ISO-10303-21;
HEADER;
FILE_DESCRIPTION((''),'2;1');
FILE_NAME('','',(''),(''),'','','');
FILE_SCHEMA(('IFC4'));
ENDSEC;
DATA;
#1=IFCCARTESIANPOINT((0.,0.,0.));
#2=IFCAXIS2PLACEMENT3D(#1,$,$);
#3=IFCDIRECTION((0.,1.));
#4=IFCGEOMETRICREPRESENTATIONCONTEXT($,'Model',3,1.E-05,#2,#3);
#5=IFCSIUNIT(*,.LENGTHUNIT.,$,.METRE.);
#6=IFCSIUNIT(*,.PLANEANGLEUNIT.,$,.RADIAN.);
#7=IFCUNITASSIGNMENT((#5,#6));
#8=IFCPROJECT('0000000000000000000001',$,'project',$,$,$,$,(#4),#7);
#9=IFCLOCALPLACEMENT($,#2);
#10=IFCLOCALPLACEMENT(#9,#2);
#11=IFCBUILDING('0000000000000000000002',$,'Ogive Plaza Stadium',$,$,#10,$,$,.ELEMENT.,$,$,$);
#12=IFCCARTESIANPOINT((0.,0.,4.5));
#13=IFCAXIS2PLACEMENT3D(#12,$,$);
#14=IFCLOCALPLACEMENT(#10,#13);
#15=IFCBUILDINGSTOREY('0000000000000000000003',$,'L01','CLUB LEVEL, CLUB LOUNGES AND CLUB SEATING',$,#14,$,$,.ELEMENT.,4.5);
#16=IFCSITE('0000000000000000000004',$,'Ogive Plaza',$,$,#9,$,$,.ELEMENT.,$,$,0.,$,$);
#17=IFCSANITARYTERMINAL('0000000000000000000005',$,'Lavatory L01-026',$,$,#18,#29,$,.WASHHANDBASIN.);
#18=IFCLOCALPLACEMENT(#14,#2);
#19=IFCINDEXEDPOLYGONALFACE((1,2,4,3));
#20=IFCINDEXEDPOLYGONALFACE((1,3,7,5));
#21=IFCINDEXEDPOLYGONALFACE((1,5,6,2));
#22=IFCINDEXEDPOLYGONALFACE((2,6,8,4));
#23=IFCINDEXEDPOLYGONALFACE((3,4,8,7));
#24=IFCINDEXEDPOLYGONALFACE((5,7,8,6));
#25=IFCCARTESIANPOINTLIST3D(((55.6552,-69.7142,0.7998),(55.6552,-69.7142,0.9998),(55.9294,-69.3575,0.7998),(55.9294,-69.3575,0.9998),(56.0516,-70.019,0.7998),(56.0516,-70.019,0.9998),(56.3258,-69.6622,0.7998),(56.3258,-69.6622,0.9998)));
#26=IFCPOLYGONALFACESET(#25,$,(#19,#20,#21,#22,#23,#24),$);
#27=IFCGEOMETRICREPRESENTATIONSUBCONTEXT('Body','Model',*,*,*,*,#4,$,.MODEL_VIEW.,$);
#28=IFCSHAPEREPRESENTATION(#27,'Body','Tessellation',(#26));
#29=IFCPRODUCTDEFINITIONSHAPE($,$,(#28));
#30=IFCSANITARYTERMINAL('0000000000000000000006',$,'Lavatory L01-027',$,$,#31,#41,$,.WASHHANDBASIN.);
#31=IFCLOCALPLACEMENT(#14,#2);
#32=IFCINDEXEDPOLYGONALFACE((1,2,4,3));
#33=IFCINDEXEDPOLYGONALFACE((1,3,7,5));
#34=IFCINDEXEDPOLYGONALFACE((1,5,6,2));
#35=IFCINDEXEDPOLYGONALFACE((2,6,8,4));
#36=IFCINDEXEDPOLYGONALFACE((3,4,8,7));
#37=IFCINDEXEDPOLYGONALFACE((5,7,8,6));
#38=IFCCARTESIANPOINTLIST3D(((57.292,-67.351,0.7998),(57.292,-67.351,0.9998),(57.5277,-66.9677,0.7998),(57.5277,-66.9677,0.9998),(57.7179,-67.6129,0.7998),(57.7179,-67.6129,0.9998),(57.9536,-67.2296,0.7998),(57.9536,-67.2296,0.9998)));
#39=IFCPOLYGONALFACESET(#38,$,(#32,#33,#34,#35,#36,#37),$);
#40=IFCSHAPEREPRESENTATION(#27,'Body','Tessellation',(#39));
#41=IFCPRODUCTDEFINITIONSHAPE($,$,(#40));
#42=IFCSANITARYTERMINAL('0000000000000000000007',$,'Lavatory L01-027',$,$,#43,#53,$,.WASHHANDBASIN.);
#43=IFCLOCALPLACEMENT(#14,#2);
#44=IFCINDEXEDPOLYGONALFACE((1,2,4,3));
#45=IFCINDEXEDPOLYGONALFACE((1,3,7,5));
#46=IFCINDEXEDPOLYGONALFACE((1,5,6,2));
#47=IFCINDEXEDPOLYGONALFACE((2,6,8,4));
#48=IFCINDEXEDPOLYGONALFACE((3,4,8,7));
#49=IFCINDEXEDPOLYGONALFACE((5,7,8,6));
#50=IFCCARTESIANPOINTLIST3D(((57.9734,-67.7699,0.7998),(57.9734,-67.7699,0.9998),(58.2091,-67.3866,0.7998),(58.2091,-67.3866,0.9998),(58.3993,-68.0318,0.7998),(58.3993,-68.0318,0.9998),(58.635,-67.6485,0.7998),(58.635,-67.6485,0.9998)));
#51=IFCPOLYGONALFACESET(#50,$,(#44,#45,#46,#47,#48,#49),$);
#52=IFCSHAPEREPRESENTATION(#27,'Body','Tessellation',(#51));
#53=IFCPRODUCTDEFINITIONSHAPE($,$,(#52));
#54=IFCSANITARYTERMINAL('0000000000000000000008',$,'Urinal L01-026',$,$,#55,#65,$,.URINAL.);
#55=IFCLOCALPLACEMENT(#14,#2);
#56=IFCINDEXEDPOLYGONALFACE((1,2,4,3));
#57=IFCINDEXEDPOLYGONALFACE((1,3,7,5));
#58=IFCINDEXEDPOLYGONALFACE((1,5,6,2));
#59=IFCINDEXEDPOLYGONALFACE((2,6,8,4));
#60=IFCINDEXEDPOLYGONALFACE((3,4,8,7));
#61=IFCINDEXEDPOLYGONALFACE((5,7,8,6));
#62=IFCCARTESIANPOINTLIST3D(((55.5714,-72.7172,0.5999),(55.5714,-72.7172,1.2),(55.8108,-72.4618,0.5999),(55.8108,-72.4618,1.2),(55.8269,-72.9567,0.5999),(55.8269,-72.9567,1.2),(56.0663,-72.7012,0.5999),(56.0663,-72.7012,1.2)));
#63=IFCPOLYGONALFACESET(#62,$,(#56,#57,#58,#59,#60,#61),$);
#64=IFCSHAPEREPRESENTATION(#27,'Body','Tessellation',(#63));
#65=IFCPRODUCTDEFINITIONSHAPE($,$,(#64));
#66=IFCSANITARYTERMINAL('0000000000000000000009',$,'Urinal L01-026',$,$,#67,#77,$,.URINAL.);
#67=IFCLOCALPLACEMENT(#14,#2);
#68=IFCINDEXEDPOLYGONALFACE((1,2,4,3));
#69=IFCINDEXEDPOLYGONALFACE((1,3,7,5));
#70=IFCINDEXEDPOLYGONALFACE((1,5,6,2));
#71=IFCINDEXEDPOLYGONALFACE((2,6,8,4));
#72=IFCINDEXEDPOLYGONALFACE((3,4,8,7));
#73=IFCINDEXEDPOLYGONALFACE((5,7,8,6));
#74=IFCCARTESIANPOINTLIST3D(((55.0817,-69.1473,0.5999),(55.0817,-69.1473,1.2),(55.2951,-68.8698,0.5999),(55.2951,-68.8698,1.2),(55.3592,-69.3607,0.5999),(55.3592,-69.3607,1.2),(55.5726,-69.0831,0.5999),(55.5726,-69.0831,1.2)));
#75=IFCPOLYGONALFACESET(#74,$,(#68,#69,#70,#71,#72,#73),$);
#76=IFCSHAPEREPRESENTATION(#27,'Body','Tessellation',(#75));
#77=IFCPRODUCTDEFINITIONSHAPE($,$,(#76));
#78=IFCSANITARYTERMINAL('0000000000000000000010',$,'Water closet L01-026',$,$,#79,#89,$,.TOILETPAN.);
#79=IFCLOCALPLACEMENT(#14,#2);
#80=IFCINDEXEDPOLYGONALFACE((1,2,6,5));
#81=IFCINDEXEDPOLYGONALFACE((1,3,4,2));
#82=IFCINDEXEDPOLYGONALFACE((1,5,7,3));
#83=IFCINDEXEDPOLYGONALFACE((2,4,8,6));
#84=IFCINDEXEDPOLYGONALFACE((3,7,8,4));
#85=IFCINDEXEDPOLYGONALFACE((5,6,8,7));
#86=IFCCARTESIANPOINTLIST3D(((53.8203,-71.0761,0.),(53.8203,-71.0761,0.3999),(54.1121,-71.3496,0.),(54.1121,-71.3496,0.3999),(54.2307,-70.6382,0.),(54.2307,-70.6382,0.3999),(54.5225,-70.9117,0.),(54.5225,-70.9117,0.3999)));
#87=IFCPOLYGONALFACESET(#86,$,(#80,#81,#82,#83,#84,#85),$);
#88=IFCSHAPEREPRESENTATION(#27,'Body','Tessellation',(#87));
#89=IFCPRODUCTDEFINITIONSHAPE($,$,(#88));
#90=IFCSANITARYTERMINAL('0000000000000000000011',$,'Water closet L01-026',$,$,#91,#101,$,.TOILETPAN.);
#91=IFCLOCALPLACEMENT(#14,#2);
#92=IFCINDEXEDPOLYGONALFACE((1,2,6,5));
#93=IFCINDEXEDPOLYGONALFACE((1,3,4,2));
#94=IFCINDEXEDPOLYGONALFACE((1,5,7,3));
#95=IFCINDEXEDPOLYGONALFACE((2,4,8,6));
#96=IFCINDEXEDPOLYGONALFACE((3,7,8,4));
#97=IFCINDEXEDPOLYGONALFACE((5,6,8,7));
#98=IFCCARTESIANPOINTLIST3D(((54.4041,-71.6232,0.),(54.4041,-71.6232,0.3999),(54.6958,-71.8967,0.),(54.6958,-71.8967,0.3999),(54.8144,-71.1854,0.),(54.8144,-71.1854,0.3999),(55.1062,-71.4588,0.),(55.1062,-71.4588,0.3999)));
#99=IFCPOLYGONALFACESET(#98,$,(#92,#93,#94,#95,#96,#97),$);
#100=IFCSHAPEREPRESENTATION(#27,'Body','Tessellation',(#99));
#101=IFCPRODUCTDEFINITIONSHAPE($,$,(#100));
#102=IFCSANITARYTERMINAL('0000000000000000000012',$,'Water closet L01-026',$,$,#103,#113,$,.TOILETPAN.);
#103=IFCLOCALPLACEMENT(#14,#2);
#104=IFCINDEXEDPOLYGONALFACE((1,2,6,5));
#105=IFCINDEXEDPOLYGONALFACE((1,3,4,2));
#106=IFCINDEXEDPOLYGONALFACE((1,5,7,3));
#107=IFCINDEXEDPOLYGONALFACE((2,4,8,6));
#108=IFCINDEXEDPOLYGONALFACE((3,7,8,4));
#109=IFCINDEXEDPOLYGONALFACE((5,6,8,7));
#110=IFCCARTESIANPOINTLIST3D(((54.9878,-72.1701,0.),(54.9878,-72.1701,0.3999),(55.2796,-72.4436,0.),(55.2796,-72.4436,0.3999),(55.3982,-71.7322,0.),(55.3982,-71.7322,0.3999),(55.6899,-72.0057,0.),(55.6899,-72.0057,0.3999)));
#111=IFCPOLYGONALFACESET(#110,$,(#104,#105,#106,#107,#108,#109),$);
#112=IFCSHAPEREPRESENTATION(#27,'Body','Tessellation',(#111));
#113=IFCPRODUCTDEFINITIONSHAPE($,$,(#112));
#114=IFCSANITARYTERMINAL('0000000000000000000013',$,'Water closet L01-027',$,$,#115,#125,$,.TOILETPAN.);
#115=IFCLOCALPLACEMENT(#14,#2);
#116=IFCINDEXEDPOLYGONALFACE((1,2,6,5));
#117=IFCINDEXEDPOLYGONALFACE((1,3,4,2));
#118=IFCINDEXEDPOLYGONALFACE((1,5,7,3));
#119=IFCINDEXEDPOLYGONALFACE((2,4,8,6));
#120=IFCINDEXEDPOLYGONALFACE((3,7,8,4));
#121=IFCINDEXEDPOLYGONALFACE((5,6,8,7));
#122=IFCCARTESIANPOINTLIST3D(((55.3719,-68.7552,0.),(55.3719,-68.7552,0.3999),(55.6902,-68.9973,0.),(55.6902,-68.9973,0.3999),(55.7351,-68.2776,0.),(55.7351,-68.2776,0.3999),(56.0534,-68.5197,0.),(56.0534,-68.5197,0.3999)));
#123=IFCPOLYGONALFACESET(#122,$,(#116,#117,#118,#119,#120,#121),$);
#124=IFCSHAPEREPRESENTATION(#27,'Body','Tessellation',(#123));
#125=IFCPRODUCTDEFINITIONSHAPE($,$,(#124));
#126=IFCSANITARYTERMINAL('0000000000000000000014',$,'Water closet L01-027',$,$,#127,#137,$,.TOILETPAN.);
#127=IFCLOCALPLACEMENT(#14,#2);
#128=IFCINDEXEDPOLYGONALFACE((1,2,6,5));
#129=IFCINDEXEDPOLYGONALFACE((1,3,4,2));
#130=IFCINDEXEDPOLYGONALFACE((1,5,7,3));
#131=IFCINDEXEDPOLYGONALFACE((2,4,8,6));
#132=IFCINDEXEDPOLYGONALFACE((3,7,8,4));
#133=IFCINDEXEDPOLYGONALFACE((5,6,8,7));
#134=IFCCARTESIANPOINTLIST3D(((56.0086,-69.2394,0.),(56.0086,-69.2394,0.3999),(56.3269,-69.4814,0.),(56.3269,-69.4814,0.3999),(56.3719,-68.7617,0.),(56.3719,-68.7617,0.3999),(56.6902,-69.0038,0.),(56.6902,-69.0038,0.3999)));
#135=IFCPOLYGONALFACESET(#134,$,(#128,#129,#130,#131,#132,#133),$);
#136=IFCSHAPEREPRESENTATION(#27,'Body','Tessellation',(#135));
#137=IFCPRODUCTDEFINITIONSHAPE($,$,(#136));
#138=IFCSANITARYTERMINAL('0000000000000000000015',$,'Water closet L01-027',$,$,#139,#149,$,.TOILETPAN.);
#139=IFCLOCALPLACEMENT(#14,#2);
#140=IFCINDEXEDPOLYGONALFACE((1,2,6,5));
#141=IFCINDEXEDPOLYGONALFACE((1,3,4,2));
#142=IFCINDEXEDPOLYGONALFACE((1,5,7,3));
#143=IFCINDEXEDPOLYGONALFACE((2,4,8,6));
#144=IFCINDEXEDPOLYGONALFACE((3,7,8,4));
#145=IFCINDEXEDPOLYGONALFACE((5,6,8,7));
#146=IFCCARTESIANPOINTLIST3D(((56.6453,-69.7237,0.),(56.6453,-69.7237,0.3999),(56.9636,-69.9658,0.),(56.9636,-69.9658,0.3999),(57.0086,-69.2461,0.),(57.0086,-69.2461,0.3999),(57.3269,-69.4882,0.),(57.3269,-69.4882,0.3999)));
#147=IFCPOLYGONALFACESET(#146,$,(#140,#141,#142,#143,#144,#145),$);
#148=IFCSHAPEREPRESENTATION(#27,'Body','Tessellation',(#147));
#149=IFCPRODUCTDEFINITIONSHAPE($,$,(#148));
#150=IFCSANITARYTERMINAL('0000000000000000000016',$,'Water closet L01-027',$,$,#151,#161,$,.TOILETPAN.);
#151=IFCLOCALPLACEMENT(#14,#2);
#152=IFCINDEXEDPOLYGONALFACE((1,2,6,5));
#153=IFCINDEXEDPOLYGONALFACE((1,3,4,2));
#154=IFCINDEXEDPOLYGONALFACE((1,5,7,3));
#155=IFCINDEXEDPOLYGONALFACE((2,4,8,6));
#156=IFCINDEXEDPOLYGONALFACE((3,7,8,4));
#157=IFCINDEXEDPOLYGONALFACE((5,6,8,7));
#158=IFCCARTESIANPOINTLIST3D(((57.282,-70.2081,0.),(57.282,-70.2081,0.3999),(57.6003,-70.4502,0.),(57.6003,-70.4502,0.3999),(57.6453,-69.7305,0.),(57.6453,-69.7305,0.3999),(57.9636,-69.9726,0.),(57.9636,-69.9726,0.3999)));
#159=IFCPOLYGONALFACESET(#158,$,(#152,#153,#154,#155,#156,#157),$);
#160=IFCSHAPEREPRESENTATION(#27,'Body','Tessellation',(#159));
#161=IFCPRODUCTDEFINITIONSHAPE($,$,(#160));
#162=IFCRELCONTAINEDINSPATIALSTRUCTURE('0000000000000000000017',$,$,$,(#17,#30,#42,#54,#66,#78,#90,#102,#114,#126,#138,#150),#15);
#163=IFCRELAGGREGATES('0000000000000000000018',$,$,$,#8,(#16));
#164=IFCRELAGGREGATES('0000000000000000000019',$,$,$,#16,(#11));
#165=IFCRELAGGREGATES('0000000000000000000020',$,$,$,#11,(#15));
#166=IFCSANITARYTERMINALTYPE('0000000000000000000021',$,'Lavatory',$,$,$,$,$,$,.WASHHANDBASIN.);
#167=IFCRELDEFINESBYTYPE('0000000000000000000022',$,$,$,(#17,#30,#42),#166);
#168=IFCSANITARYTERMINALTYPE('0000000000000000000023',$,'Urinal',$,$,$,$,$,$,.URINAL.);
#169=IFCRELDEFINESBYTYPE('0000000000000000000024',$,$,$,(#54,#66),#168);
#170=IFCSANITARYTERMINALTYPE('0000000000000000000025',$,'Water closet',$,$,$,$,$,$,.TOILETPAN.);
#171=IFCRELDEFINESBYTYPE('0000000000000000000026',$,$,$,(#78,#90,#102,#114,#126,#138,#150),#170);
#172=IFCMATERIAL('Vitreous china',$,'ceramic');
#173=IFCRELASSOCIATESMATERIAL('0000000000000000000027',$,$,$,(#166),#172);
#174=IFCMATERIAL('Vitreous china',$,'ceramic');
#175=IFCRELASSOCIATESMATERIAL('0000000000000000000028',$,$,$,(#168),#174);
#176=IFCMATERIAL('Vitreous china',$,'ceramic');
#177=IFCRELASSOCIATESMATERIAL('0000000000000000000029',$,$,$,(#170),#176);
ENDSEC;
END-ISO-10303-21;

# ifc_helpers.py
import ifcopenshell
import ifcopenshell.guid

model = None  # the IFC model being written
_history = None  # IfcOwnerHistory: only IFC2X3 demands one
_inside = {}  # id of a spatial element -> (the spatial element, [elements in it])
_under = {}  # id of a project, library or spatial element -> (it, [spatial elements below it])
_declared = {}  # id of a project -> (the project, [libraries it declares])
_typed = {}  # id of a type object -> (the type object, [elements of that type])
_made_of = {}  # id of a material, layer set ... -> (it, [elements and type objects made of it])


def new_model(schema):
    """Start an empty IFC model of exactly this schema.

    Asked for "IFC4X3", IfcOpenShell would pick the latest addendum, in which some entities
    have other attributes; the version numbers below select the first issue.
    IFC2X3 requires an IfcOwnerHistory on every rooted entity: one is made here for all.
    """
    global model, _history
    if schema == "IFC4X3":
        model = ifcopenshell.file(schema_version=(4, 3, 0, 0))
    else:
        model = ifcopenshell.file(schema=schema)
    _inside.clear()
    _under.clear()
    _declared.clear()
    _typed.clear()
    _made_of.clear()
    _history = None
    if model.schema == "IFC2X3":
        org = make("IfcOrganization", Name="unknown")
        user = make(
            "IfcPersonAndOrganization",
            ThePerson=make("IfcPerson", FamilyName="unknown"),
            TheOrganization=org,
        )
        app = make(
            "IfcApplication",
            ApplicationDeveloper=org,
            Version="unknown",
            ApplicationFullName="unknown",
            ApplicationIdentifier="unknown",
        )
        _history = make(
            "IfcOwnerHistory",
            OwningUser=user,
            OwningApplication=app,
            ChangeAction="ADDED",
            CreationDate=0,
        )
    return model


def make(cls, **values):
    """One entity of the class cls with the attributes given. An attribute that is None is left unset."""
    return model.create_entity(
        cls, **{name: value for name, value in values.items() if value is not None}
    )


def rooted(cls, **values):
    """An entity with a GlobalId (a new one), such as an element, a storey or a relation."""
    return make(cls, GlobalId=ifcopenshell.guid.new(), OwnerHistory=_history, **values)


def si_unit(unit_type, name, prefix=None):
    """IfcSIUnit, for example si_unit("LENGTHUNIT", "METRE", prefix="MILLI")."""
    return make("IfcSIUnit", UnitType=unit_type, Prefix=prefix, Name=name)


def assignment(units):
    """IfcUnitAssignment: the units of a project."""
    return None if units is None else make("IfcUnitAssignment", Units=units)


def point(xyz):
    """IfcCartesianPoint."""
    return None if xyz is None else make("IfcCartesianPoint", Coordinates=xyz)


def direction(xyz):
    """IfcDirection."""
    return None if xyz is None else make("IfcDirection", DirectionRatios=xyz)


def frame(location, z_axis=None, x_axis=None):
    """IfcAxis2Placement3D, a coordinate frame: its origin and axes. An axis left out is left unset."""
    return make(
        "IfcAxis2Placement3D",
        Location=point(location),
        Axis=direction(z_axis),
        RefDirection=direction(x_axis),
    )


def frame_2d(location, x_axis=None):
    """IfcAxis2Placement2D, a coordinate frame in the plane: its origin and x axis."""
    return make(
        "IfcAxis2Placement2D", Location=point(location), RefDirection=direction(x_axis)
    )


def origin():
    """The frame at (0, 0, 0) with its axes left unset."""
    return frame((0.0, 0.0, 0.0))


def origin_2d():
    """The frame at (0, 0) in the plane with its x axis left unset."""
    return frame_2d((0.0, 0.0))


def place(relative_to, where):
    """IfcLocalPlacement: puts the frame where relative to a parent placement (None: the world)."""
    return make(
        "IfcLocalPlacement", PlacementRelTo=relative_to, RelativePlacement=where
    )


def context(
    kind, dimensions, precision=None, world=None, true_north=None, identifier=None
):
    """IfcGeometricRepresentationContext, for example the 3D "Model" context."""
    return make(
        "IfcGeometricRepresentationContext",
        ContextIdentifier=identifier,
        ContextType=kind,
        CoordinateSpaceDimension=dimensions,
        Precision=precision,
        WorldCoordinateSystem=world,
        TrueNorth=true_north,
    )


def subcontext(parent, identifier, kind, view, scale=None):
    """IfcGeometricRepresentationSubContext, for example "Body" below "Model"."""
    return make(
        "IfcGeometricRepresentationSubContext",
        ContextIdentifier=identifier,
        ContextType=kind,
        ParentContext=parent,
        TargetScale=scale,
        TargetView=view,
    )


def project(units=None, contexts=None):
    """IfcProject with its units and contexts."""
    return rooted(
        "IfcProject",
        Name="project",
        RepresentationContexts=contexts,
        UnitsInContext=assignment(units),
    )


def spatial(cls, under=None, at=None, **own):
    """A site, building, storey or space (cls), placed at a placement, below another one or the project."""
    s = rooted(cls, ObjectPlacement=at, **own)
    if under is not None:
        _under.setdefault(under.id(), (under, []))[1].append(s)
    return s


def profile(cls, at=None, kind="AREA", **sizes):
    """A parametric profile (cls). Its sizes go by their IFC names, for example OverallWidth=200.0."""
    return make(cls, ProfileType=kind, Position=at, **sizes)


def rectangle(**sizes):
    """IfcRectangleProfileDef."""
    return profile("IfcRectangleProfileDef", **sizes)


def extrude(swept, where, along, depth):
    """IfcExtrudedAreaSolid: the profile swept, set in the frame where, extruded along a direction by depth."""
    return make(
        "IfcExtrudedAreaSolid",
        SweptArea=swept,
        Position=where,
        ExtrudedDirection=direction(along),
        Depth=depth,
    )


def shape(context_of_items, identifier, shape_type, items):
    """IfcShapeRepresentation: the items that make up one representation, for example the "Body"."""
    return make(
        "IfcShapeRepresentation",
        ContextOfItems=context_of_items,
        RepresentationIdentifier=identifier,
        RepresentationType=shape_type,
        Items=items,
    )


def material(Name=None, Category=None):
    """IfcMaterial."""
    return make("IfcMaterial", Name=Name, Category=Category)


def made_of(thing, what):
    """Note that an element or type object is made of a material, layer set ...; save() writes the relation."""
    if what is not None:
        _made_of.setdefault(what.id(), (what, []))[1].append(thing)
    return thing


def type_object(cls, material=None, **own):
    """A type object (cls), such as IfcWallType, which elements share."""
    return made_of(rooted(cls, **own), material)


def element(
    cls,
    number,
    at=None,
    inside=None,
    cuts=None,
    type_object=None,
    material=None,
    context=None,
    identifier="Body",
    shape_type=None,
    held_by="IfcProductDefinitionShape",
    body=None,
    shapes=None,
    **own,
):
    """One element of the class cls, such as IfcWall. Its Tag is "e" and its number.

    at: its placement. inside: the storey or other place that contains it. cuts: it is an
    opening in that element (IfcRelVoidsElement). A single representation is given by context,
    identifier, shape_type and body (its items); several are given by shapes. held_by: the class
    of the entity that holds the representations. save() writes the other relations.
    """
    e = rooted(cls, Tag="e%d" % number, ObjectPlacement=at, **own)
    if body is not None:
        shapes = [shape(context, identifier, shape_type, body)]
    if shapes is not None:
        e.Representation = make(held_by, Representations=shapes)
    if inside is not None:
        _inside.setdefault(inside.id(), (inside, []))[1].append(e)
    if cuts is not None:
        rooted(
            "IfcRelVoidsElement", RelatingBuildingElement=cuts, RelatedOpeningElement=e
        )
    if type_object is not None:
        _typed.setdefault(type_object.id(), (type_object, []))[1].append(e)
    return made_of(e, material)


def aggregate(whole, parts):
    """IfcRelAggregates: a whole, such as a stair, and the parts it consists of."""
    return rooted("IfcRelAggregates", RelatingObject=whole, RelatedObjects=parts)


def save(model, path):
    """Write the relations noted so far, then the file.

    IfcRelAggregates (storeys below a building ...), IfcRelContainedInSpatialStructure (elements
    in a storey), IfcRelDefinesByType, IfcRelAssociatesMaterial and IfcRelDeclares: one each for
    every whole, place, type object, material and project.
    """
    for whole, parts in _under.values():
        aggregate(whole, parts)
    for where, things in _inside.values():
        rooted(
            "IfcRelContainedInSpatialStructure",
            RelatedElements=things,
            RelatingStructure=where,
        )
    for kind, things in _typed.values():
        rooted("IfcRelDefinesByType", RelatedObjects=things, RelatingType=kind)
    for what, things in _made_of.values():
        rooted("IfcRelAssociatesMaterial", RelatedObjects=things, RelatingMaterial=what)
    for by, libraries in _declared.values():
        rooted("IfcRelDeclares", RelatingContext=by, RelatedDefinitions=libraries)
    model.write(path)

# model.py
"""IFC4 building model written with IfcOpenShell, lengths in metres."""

from ifc_helpers import new_model, si_unit, direction, frame, origin, origin_2d, place, context, subcontext, project, spatial, rectangle, extrude, material, type_object, element, save


model = new_model("IFC4")

# Units and contexts
model_context = context("Model", 3, precision=1e-05, world=origin(), true_north=direction((0.0, 1.0)))
body_context = subcontext(model_context, "Body", "Model", "MODEL_VIEW")
ifc_project = project(units=[si_unit("LENGTHUNIT", "METRE"), si_unit("PLANEANGLEUNIT", "RADIAN")], contexts=[model_context])

# Site, building, storey
site_placement = place(None, origin())
site = spatial("IfcSite", under=ifc_project, at=site_placement, Name="Ogive Plaza", CompositionType="ELEMENT", RefElevation=0.0)
building_placement = place(site_placement, origin())
building = spatial("IfcBuilding", under=site, at=building_placement, Name="Ogive Plaza Stadium", CompositionType="ELEMENT")
storey_placement = place(building_placement, frame((0.0, 0.0, 4.5)))
storey = spatial("IfcBuildingStorey", under=building, at=storey_placement, Name="L01", Description="CLUB LEVEL, CLUB LOUNGES AND CLUB SEATING", CompositionType="ELEMENT", Elevation=4.5)

# Sanitary terminals
ifc_material_1 = material(Name="Vitreous china", Category="ceramic")
sanitary_terminal_type_1 = type_object("IfcSanitaryTerminalType", Name="Lavatory", PredefinedType="WASHHANDBASIN", material=ifc_material_1)
for number, where, z_axis, x_axis, name in (
    (1, (55.9905, -69.6882, 0.7998), (0.0, 0.0, 1.0), (0.792822, -0.609454, 0.0), "Lavatory L01-026"),
    (2, (57.6228, -67.2903, 0.7998), (0.0, 0.0, 1.0), (0.851835, -0.52381, 0.0), "Lavatory L01-027"),
    (3, (58.3042, -67.7092, 0.7998), (0.0, 0.0, 1.0), (0.851835, -0.52381, 0.0), "Lavatory L01-027"),
):
    element("IfcSanitaryTerminal", number, at=place(storey_placement, frame(where, z_axis=z_axis, x_axis=x_axis)), inside=storey, type_object=sanitary_terminal_type_1, Name=name, PredefinedType="WASHHANDBASIN", context=body_context, shape_type="SweptSolid", body=[
        extrude(rectangle(XDim=0.5, YDim=0.45, at=origin_2d()), origin(), (0.0, 0.0, 1.0), 0.2),
    ])
ifc_material_2 = material(Name="Vitreous china", Category="ceramic")
sanitary_terminal_type_2 = type_object("IfcSanitaryTerminalType", Name="Urinal", PredefinedType="URINAL", material=ifc_material_2)
for number, where, z_axis, x_axis, name in (
    (4, (55.8188, -72.7092, 0.5999), (0.0, 0.0, 1.0), (0.729637, -0.683834, 0.0), "Urinal L01-026"),
    (5, (55.3271, -69.1152, 0.5999), (0.0, 0.0, 1.0), (0.792822, -0.609454, 0.0), "Urinal L01-026"),
):
    element("IfcSanitaryTerminal", number, at=place(storey_placement, frame(where, z_axis=z_axis, x_axis=x_axis)), inside=storey, type_object=sanitary_terminal_type_2, Name=name, PredefinedType="URINAL", context=body_context, shape_type="SweptSolid", body=[
        extrude(rectangle(XDim=0.3501, YDim=0.3501, at=origin_2d()), origin(), (0.0, 0.0, 1.0), 0.6001),
    ])
ifc_material_3 = material(Name="Vitreous china", Category="ceramic")
sanitary_terminal_type_3 = type_object("IfcSanitaryTerminalType", Name="Water closet", PredefinedType="TOILETPAN", material=ifc_material_3)
for number, where, z_axis, x_axis, name in (
    (6, (54.1714, -70.9939, 0.0), (0.0, 0.0, 1.0), (0.729637, -0.683834, 0.0), "Water closet L01-026"),
    (7, (54.7551, -71.541, 0.0), (0.0, 0.0, 1.0), (0.729637, -0.683834, 0.0), "Water closet L01-026"),
    (8, (55.3389, -72.0879, 0.0), (0.0, 0.0, 1.0), (0.729637, -0.683834, 0.0), "Water closet L01-026"),
    (9, (55.7126, -68.6375, 0.0), (0.0, 0.0, 1.0), (0.795936, -0.60538, 0.0), "Water closet L01-027"),
    (10, (56.3494, -69.1216, 0.0), (0.0, 0.0, 1.0), (0.795936, -0.60538, 0.0), "Water closet L01-027"),
    (11, (56.9861, -69.606, 0.0), (0.0, 0.0, 1.0), (0.795936, -0.60538, 0.0), "Water closet L01-027"),
    (12, (57.6228, -70.0903, 0.0), (0.0, 0.0, 1.0), (0.795936, -0.60538, 0.0), "Water closet L01-027"),
):
    element("IfcSanitaryTerminal", number, at=place(storey_placement, frame(where, z_axis=z_axis, x_axis=x_axis)), inside=storey, type_object=sanitary_terminal_type_3, Name=name, PredefinedType="TOILETPAN", context=body_context, shape_type="SweptSolid", body=[
        extrude(rectangle(XDim=0.3999, YDim=0.6001, at=origin_2d()), origin(), (0.0, 0.0, 1.0), 0.3999),
    ])

save(model, "model.ifc")
